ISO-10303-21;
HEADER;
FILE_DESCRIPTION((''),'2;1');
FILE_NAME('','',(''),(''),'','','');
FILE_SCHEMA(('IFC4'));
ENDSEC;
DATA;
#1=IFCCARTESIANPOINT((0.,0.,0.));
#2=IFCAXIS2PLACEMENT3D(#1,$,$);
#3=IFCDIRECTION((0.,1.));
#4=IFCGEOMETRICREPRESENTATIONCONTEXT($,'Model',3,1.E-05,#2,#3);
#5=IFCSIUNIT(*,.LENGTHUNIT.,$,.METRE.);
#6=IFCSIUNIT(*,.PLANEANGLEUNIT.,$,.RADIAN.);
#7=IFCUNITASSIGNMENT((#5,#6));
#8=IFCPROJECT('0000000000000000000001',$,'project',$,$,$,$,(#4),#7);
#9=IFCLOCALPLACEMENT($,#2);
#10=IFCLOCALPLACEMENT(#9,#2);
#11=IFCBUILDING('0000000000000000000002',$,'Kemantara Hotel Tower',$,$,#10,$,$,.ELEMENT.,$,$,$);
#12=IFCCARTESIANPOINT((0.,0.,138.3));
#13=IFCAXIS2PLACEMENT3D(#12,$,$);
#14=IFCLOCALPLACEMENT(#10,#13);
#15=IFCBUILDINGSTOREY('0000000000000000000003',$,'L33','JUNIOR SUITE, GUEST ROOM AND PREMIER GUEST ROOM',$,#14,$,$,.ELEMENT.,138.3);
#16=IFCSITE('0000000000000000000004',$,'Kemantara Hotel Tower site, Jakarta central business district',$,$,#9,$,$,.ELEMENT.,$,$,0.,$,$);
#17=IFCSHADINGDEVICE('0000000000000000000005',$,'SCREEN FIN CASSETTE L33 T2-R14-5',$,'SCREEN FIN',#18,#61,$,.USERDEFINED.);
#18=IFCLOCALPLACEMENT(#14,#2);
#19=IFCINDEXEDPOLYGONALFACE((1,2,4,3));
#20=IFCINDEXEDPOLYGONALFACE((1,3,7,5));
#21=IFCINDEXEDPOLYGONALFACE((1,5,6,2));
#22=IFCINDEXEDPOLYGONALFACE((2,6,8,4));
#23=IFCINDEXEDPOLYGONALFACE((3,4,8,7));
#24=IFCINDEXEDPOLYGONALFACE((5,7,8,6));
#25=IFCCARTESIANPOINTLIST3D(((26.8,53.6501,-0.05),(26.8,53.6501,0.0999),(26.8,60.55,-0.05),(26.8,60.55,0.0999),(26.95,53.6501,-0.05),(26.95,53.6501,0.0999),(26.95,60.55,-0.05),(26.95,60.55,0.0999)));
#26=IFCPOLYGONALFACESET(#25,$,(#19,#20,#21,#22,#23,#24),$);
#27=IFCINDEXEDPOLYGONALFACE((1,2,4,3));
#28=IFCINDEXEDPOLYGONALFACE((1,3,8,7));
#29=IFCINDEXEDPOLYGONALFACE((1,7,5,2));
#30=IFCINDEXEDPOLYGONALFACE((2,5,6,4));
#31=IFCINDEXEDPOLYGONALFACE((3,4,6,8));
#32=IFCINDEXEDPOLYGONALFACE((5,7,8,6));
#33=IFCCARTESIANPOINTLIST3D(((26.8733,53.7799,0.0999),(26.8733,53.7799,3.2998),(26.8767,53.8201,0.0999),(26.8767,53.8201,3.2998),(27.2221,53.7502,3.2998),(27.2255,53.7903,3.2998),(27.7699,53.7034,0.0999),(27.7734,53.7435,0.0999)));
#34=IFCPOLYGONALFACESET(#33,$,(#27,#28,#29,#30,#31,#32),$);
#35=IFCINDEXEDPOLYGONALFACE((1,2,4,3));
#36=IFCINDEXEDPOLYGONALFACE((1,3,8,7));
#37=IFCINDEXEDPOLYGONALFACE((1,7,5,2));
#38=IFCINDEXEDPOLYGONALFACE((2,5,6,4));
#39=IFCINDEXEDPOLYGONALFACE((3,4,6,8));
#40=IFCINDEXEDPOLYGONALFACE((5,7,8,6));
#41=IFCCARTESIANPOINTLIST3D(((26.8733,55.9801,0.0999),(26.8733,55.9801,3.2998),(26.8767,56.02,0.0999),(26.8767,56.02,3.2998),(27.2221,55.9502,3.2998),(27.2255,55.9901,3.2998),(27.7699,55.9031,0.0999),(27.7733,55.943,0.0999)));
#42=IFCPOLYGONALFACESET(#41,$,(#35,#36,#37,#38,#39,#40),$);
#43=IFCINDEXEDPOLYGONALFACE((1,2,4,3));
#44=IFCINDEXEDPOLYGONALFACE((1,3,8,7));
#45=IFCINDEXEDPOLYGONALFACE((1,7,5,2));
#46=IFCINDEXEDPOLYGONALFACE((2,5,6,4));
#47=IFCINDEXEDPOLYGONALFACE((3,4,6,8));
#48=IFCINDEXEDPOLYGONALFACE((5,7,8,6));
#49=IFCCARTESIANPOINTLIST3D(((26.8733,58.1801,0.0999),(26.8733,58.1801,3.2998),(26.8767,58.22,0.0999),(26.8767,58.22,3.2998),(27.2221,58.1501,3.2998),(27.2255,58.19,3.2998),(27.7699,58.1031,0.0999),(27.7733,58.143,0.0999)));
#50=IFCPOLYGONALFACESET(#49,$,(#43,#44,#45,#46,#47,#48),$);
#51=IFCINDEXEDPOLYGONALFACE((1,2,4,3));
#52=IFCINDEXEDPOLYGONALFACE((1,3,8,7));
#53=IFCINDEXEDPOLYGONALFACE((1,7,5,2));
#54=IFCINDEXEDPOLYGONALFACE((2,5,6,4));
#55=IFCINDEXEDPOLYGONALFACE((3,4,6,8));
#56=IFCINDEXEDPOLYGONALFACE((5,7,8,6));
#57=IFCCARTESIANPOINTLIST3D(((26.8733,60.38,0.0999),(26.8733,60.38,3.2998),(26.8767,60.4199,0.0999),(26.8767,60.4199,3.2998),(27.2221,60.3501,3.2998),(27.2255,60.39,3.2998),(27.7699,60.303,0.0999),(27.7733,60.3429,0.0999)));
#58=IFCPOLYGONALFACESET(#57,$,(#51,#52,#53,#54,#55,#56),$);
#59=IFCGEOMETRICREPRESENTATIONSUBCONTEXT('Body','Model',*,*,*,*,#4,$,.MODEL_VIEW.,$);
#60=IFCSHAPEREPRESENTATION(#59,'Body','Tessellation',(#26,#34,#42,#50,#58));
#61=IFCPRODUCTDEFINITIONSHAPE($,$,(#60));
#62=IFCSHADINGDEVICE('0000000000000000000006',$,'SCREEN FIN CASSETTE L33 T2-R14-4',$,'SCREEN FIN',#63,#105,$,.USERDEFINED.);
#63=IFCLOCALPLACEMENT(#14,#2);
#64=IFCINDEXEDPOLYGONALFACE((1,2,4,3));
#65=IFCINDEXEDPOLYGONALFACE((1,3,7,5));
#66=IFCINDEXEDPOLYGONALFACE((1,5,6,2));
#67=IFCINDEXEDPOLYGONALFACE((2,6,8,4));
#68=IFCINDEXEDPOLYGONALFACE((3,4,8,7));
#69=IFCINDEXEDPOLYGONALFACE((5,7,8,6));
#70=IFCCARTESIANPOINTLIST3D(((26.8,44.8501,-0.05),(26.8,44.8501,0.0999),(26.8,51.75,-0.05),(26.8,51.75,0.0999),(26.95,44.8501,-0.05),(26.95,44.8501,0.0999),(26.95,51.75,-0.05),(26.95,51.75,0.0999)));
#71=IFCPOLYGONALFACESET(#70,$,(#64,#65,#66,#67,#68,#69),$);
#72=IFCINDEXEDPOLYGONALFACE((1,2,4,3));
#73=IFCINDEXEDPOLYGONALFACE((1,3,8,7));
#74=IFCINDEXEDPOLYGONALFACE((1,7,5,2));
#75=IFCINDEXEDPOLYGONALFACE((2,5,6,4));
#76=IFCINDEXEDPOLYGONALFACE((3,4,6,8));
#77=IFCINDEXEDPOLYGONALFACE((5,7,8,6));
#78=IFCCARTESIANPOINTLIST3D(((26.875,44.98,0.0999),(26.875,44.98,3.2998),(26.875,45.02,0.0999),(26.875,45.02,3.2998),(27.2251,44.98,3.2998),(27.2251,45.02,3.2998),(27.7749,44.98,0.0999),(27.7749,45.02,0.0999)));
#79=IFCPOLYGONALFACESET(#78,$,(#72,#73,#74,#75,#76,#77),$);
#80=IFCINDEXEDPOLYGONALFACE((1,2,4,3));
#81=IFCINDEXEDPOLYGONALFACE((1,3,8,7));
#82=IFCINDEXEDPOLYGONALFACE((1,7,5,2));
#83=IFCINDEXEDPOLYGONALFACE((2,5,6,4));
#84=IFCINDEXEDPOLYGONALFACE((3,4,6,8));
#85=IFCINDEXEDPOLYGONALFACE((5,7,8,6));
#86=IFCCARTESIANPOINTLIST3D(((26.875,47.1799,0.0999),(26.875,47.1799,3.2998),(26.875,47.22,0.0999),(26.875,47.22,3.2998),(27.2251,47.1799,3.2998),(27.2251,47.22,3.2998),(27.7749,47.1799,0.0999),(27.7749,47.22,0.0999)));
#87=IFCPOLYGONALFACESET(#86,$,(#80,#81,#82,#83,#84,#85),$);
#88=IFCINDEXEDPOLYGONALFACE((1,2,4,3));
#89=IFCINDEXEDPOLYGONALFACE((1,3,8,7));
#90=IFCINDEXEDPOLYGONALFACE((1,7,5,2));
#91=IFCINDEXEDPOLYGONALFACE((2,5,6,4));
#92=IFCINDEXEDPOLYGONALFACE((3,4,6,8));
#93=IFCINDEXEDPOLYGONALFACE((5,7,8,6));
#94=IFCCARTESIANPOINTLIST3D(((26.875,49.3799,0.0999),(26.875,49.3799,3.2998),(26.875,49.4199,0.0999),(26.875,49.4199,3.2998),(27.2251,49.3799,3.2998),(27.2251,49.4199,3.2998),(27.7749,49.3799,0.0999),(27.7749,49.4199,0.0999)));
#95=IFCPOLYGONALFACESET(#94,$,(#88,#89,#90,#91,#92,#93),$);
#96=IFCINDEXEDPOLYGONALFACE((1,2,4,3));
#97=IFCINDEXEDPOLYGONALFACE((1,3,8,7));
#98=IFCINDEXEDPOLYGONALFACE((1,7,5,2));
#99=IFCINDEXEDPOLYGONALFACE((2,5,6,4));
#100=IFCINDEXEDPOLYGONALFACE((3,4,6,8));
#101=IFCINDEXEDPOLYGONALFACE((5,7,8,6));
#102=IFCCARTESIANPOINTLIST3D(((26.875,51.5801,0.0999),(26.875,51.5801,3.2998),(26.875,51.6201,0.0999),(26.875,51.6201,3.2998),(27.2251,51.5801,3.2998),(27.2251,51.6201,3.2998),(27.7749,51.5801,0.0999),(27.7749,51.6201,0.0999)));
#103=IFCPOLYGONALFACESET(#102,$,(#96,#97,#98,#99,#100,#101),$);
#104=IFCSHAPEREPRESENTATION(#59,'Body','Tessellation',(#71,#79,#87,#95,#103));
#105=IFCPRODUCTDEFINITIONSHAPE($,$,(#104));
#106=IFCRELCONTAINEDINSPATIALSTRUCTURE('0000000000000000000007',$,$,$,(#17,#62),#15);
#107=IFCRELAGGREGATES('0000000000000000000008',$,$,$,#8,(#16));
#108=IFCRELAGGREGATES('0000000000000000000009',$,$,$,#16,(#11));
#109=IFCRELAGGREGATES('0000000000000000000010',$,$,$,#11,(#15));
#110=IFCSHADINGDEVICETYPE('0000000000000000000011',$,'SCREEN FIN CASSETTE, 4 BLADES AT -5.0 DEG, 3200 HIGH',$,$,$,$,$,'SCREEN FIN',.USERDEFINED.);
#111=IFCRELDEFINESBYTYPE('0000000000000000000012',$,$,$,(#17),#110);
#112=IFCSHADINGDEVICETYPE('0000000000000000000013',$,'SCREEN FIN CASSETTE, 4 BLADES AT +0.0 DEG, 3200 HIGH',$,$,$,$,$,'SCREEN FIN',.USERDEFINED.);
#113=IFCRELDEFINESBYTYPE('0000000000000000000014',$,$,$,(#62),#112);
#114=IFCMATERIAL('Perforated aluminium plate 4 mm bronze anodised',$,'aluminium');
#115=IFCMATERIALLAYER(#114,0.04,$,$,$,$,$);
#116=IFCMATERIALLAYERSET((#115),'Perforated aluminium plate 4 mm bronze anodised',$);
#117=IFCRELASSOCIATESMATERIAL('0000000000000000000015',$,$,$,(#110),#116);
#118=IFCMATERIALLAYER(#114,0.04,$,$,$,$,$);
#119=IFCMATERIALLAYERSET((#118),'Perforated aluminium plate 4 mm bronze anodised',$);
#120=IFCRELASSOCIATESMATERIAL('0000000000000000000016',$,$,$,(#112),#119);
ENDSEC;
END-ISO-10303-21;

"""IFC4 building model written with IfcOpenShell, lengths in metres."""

from ifc_helpers import new_model, si_unit, direction, frame, origin, origin_2d, place, context, subcontext, project, spatial, polyline, rectangle, outline, extrude, source, transform, mapped, material, layer, layer_set, type_object, element, save


model = new_model("IFC4")

# Units and contexts
model_context = context("Model", 3, precision=1e-05, world=origin(), true_north=direction((0.0, 1.0)))
body_context = subcontext(model_context, "Body", "Model", "MODEL_VIEW")
ifc_project = project(units=[si_unit("LENGTHUNIT", "METRE"), si_unit("PLANEANGLEUNIT", "RADIAN")], contexts=[model_context])

# Site, building, storey
site_placement = place(None, origin())
site = spatial("IfcSite", under=ifc_project, at=site_placement, Name="Kemantara Hotel Tower site, Jakarta central business district", CompositionType="ELEMENT", RefElevation=0.0)
building_placement = place(site_placement, origin())
building = spatial("IfcBuilding", under=site, at=building_placement, Name="Kemantara Hotel Tower", CompositionType="ELEMENT")
storey_placement = place(building_placement, frame((0.0, 0.0, 138.3)))
storey = spatial("IfcBuildingStorey", under=building, at=storey_placement, Name="L33", Description="JUNIOR SUITE, GUEST ROOM AND PREMIER GUEST ROOM", CompositionType="ELEMENT", Elevation=138.3)

# Shading devices
ifc_material_1 = material(Name="Perforated aluminium plate 4 mm bronze anodised", Category="aluminium")
ifc_layer_1 = layer(ifc_material_1, 0.04)
ifc_layer_set_1 = layer_set([ifc_layer_1], Name="Perforated aluminium plate 4 mm bronze anodised")
shading_device_type_1 = type_object("IfcShadingDeviceType", Name="SCREEN FIN CASSETTE, 4 BLADES AT -5.0 DEG, 3200 HIGH", ElementType="SCREEN FIN", PredefinedType="USERDEFINED", material=ifc_layer_set_1)
shared_shape_1 = source(origin(), body_context, "Body", "SweptSolid", [
    extrude(rectangle(XDim=6.8999, YDim=0.1499, at=origin_2d()), frame((3.3, -0.075, -0.1499), z_axis=(0.0, 0.0, 1.0), x_axis=(1.0, 0.0, 0.0)), (0.0, 0.0, 1.0), 0.1499),
    extrude(outline(polyline([(0.0, 0.0), (0.8999, 0.0), (0.3501, 3.2), (0.0, 3.2), (0.0, 0.0)])), frame((0.02, -0.0767, 0.0), z_axis=(-0.996376, 0.085056, 0.0), x_axis=(-0.085056, -0.996376, 0.0)), (0.0, 0.0, 1.0), 0.0403),
    extrude(outline(polyline([(0.0, 0.0), (0.8999, 0.0), (0.3501, 3.2), (0.0, 3.2), (0.0, 0.0)])), frame((2.22, -0.0767, 0.0), z_axis=(-0.996332, 0.085575, 0.0), x_axis=(-0.085575, -0.996332, 0.0)), (0.0, 0.0, 1.0), 0.04),
    extrude(outline(polyline([(0.0, 0.0), (0.8999, 0.0), (0.3501, 3.2), (0.0, 3.2), (0.0, 0.0)])), frame((4.4199, -0.0767, 0.0), z_axis=(-0.996332, 0.085575, 0.0), x_axis=(-0.085575, -0.996332, 0.0)), (0.0, 0.0, 1.0), 0.04),
    extrude(outline(polyline([(0.0, 0.0), (0.8999, 0.0), (0.3501, 3.2), (0.0, 3.2), (0.0, 0.0)])), frame((6.6199, -0.0767, 0.0), z_axis=(-0.996332, 0.085575, 0.0), x_axis=(-0.085575, -0.996332, 0.0)), (0.0, 0.0, 1.0), 0.04),
])
shading_device_1_placement = place(storey_placement, frame((26.8, 53.8, 0.0999), z_axis=(0.0, 0.0, 1.0), x_axis=(0.0, 1.0, 0.0)))
element("IfcShadingDevice", 1, at=shading_device_1_placement, inside=storey, type_object=shading_device_type_1, Name="SCREEN FIN CASSETTE L33 T2-R14-5", ObjectType="SCREEN FIN", PredefinedType="USERDEFINED", context=body_context, shape_type="MappedRepresentation", body=[
    mapped(shared_shape_1, transform((0.0, 0.0, 0.0))),
])
ifc_layer_2 = layer(ifc_material_1, 0.04)
ifc_layer_set_2 = layer_set([ifc_layer_2], Name="Perforated aluminium plate 4 mm bronze anodised")
shading_device_type_2 = type_object("IfcShadingDeviceType", Name="SCREEN FIN CASSETTE, 4 BLADES AT +0.0 DEG, 3200 HIGH", ElementType="SCREEN FIN", PredefinedType="USERDEFINED", material=ifc_layer_set_2)
shared_shape_2 = source(origin(), body_context, "Body", "SweptSolid", [
    extrude(rectangle(XDim=6.8999, YDim=0.1499, at=origin_2d()), frame((3.3, -0.075, -0.1499), z_axis=(0.0, 0.0, 1.0), x_axis=(1.0, 0.0, 0.0)), (0.0, 0.0, 1.0), 0.1499),
    extrude(outline(polyline([(0.0, 0.0), (0.8999, 0.0), (0.3501, 3.2), (0.0, 3.2), (0.0, 0.0)])), frame((0.02, -0.075, 0.0), z_axis=(-1.0, 0.0, 0.0), x_axis=(0.0, -1.0, 0.0)), (0.0, 0.0, 1.0), 0.04),
    extrude(outline(polyline([(0.0, 0.0), (0.8999, 0.0), (0.3501, 3.2), (0.0, 3.2), (0.0, 0.0)])), frame((2.22, -0.075, 0.0), z_axis=(-1.0, 0.0, 0.0), x_axis=(0.0, -1.0, 0.0)), (0.0, 0.0, 1.0), 0.04),
    extrude(outline(polyline([(0.0, 0.0), (0.8999, 0.0), (0.3501, 3.2), (0.0, 3.2), (0.0, 0.0)])), frame((4.4199, -0.075, 0.0), z_axis=(-1.0, 0.0, 0.0), x_axis=(0.0, -1.0, 0.0)), (0.0, 0.0, 1.0), 0.04),
    extrude(outline(polyline([(0.0, 0.0), (0.8999, 0.0), (0.3501, 3.2), (0.0, 3.2), (0.0, 0.0)])), frame((6.6201, -0.075, 0.0), z_axis=(-1.0, 0.0, 0.0), x_axis=(0.0, -1.0, 0.0)), (0.0, 0.0, 1.0), 0.04),
])
shading_device_2_placement = place(storey_placement, frame((26.8, 45.0, 0.0999), z_axis=(0.0, 0.0, 1.0), x_axis=(0.0, 1.0, 0.0)))
element("IfcShadingDevice", 2, at=shading_device_2_placement, inside=storey, type_object=shading_device_type_2, Name="SCREEN FIN CASSETTE L33 T2-R14-4", ObjectType="SCREEN FIN", PredefinedType="USERDEFINED", context=body_context, shape_type="MappedRepresentation", body=[
    mapped(shared_shape_2, transform((0.0, 0.0, 0.0))),
])

save(model, "model.ifc")
